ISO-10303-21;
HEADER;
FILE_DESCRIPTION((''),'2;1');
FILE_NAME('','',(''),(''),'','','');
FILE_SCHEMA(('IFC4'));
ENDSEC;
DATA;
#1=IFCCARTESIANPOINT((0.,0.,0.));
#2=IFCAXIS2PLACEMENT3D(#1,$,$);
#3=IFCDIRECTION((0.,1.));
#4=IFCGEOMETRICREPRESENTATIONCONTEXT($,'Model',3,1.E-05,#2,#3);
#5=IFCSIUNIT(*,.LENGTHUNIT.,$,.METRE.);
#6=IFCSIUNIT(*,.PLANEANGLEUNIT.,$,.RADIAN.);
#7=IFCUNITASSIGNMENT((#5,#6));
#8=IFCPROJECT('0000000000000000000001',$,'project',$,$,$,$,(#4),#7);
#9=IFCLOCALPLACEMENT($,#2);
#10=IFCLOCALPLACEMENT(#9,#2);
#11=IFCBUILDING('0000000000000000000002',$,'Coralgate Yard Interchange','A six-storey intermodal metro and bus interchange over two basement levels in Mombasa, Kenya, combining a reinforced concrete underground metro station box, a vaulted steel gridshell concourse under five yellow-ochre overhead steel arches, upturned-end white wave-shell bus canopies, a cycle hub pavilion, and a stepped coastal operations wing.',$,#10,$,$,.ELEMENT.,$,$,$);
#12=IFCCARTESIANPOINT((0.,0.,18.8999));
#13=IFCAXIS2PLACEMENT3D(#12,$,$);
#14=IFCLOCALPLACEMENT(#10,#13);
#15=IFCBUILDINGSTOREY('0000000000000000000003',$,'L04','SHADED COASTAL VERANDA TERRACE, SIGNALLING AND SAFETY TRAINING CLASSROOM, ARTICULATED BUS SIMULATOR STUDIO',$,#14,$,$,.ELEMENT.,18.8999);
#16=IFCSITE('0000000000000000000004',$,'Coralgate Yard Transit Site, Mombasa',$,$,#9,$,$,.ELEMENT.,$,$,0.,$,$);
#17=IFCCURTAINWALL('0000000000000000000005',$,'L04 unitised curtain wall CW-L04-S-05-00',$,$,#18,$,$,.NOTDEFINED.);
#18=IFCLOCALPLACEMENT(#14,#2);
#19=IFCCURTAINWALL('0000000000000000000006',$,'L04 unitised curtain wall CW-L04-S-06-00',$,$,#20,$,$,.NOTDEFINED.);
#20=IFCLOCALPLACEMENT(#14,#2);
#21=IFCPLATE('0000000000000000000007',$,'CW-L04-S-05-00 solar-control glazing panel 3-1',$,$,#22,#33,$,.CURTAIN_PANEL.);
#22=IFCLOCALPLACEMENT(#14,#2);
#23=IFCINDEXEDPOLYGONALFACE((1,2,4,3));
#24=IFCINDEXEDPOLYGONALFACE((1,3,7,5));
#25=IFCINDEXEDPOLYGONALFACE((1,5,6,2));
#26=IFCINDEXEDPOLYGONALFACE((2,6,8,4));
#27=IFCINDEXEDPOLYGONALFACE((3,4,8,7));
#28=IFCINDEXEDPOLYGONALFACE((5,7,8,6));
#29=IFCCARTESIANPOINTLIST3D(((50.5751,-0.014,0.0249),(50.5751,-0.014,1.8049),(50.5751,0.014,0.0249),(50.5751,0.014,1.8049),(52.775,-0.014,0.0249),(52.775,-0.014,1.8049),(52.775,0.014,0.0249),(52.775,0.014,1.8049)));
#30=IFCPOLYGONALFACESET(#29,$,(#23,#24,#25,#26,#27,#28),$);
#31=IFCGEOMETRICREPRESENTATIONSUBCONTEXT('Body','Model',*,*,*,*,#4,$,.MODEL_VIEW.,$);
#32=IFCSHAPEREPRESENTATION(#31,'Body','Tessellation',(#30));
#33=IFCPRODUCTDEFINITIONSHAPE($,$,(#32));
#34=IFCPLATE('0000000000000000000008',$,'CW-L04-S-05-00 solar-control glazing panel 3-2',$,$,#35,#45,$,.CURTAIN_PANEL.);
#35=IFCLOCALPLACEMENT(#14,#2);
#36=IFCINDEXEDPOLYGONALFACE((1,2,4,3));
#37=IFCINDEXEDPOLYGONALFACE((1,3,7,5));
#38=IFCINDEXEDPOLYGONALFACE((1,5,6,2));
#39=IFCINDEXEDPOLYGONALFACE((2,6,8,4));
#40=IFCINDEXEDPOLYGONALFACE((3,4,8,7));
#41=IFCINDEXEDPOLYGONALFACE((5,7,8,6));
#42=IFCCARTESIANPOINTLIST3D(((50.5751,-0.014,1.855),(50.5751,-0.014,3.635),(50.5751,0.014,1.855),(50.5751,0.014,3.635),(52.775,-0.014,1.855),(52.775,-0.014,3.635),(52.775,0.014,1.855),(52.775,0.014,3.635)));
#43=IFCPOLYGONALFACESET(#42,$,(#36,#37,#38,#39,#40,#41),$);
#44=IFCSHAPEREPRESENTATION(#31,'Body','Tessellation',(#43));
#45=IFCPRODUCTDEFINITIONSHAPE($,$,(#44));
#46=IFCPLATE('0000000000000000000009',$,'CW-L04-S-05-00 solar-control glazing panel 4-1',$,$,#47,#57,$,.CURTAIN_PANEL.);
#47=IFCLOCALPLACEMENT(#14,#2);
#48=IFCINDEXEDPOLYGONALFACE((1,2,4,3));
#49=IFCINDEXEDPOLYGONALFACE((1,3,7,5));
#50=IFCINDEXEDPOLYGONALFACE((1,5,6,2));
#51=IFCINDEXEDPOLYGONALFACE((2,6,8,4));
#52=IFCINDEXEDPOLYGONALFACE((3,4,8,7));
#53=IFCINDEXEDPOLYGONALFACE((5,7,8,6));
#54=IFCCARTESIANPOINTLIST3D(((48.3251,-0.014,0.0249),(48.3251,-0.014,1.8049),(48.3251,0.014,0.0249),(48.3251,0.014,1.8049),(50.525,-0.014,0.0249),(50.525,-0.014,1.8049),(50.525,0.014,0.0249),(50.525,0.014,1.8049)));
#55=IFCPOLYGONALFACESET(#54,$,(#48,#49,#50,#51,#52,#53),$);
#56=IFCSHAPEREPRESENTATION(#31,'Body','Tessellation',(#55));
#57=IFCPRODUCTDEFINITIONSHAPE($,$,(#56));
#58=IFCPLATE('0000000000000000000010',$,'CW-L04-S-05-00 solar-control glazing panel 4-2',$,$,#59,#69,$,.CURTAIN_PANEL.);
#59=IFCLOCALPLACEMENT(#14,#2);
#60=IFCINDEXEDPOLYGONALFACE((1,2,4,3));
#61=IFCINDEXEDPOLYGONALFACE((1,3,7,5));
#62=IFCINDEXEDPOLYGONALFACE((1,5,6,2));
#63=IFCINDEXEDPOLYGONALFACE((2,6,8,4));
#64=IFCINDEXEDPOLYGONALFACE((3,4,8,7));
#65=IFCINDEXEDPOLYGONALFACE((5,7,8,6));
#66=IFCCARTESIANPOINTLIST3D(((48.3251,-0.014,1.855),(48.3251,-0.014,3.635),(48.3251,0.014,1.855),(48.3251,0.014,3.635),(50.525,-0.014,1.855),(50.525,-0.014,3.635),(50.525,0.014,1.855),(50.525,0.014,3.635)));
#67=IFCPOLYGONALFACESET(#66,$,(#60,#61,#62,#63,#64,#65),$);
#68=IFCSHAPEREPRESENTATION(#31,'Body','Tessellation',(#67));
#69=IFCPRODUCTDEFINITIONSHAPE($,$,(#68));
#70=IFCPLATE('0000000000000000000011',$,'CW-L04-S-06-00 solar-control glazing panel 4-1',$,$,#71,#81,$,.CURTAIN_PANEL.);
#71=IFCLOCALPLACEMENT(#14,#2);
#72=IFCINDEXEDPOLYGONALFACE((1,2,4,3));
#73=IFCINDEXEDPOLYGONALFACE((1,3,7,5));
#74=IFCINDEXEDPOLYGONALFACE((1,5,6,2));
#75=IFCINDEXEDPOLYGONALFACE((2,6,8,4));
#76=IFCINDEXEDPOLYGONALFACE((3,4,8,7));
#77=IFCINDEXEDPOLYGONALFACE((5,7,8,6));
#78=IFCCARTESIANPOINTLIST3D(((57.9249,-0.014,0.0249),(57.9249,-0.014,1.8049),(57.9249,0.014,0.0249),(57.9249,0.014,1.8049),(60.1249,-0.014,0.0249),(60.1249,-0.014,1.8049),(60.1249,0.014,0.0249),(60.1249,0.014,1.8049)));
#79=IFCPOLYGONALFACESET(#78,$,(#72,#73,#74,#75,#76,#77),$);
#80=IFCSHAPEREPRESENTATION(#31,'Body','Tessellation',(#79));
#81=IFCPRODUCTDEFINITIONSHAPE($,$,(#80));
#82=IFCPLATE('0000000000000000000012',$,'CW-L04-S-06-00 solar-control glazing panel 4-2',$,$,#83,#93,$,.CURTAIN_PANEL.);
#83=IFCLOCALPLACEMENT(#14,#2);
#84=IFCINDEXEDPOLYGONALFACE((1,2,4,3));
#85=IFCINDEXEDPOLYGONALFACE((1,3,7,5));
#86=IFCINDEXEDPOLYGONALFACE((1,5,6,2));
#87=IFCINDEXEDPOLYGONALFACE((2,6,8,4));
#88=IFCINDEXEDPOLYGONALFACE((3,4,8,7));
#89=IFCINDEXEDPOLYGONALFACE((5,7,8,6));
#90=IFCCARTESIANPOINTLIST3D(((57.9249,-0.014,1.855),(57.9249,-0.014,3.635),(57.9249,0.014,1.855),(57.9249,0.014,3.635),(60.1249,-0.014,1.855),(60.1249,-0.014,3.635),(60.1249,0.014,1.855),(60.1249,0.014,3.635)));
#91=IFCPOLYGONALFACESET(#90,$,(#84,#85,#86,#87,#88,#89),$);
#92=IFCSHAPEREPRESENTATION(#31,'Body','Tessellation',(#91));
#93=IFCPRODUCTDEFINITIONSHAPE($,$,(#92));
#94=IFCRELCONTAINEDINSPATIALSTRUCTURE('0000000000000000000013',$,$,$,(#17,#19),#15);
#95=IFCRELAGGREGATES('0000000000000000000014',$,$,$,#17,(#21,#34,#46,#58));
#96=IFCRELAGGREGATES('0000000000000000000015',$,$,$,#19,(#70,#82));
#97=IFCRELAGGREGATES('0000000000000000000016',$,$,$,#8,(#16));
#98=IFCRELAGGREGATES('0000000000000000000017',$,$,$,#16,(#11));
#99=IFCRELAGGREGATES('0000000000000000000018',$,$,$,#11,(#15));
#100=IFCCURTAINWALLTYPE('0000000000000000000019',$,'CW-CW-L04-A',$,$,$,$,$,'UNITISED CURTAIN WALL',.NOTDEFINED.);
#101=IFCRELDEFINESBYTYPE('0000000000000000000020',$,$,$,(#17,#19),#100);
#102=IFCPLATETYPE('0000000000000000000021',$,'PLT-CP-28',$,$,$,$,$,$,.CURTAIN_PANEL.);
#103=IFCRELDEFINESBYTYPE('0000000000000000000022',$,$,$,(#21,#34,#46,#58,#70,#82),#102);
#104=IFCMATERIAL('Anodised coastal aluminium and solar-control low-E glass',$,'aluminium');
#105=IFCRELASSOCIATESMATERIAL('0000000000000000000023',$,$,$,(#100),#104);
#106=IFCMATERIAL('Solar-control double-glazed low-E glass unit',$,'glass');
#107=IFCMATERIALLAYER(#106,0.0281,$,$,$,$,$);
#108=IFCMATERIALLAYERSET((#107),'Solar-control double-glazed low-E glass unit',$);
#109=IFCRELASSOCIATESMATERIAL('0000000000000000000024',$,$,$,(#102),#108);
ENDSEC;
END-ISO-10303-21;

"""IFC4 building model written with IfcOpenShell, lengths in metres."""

from ifc_helpers import new_model, si_unit, direction, frame, origin, origin_2d, place, context, subcontext, project, spatial, rectangle, extrude, material, layer, layer_set, type_object, element, aggregate, save


model = new_model("IFC4")

# Units and contexts
model_context = context("Model", 3, precision=1e-05, world=origin(), true_north=direction((0.0, 1.0)))
body_context = subcontext(model_context, "Body", "Model", "MODEL_VIEW")
ifc_project = project(units=[si_unit("LENGTHUNIT", "METRE"), si_unit("PLANEANGLEUNIT", "RADIAN")], contexts=[model_context])

# Site, building, storey
site_placement = place(None, origin())
site = spatial("IfcSite", under=ifc_project, at=site_placement, Name="Coralgate Yard Transit Site, Mombasa", CompositionType="ELEMENT", RefElevation=0.0)
building_placement = place(site_placement, origin())
building = spatial("IfcBuilding", under=site, at=building_placement, Name="Coralgate Yard Interchange", Description="A six-storey intermodal metro and bus interchange over two basement levels in Mombasa, Kenya, combining a reinforced concrete underground metro station box, a vaulted steel gridshell concourse under five yellow-ochre overhead steel arches, upturned-end white wave-shell bus canopies, a cycle hub pavilion, and a stepped coastal operations wing.", CompositionType="ELEMENT")
storey_placement = place(building_placement, frame((0.0, 0.0, 18.8999)))
storey = spatial("IfcBuildingStorey", under=building, at=storey_placement, Name="L04", Description="SHADED COASTAL VERANDA TERRACE, SIGNALLING AND SAFETY TRAINING CLASSROOM, ARTICULATED BUS SIMULATOR STUDIO", CompositionType="ELEMENT", Elevation=18.8999)

# Curtain wall
ifc_material_1 = material(Name="Anodised coastal aluminium and solar-control low-E glass", Category="aluminium")
curtain_wall_type = type_object("IfcCurtainWallType", Name="CW-CW-L04-A", ElementType="UNITISED CURTAIN WALL", PredefinedType="NOTDEFINED", material=ifc_material_1)
curtain_wall_1_placement = place(storey_placement, origin())
curtain_wall_1 = element("IfcCurtainWall", 1, at=curtain_wall_1_placement, inside=storey, type_object=curtain_wall_type, Name="L04 unitised curtain wall CW-L04-S-05-00", PredefinedType="NOTDEFINED")

# Curtain wall
curtain_wall_2_placement = place(storey_placement, origin())
curtain_wall_2 = element("IfcCurtainWall", 2, at=curtain_wall_2_placement, inside=storey, type_object=curtain_wall_type, Name="L04 unitised curtain wall CW-L04-S-06-00", PredefinedType="NOTDEFINED")

# Plates
ifc_material_2 = material(Name="Solar-control double-glazed low-E glass unit", Category="glass")
ifc_layer = layer(ifc_material_2, 0.0281)
ifc_layer_set = layer_set([ifc_layer], Name="Solar-control double-glazed low-E glass unit")
plate_type = type_object("IfcPlateType", Name="PLT-CP-28", PredefinedType="CURTAIN_PANEL", material=ifc_layer_set)
plate_1_placement = place(storey_placement, frame((51.675, 0.0, 0.0249), z_axis=(0.0, 0.0, 1.0), x_axis=(-1.0, 0.0, 0.0)))
plate_1 = element("IfcPlate", 3, at=plate_1_placement, type_object=plate_type, Name="CW-L04-S-05-00 solar-control glazing panel 3-1", PredefinedType="CURTAIN_PANEL", context=body_context, shape_type="SweptSolid", body=[
    extrude(rectangle(XDim=2.2, YDim=0.0281, at=origin_2d()), origin(), (0.0, 0.0, 1.0), 1.78),
])
plate_2_placement = place(storey_placement, frame((51.675, 0.0, 1.855), z_axis=(0.0, 0.0, 1.0), x_axis=(-1.0, 0.0, 0.0)))
plate_2 = element("IfcPlate", 4, at=plate_2_placement, type_object=plate_type, Name="CW-L04-S-05-00 solar-control glazing panel 3-2", PredefinedType="CURTAIN_PANEL", context=body_context, shape_type="SweptSolid", body=[
    extrude(rectangle(XDim=2.2, YDim=0.0281, at=origin_2d()), origin(), (0.0, 0.0, 1.0), 1.78),
])
plate_3_placement = place(storey_placement, frame((49.425, 0.0, 0.0249), z_axis=(0.0, 0.0, 1.0), x_axis=(-1.0, 0.0, 0.0)))
plate_3 = element("IfcPlate", 5, at=plate_3_placement, type_object=plate_type, Name="CW-L04-S-05-00 solar-control glazing panel 4-1", PredefinedType="CURTAIN_PANEL", context=body_context, shape_type="SweptSolid", body=[
    extrude(rectangle(XDim=2.2, YDim=0.0281, at=origin_2d()), origin(), (0.0, 0.0, 1.0), 1.78),
])
plate_4_placement = place(storey_placement, frame((49.425, 0.0, 1.855), z_axis=(0.0, 0.0, 1.0), x_axis=(-1.0, 0.0, 0.0)))
plate_4 = element("IfcPlate", 6, at=plate_4_placement, type_object=plate_type, Name="CW-L04-S-05-00 solar-control glazing panel 4-2", PredefinedType="CURTAIN_PANEL", context=body_context, shape_type="SweptSolid", body=[
    extrude(rectangle(XDim=2.2, YDim=0.0281, at=origin_2d()), origin(), (0.0, 0.0, 1.0), 1.78),
])
aggregate(curtain_wall_1, [plate_1, plate_2, plate_3, plate_4])
plate_5_placement = place(storey_placement, frame((59.0249, 0.0, 0.0249), z_axis=(0.0, 0.0, 1.0), x_axis=(-1.0, 0.0, 0.0)))
plate_5 = element("IfcPlate", 7, at=plate_5_placement, type_object=plate_type, Name="CW-L04-S-06-00 solar-control glazing panel 4-1", PredefinedType="CURTAIN_PANEL", context=body_context, shape_type="SweptSolid", body=[
    extrude(rectangle(XDim=2.2, YDim=0.0281, at=origin_2d()), origin(), (0.0, 0.0, 1.0), 1.78),
])
plate_6_placement = place(storey_placement, frame((59.0249, 0.0, 1.855), z_axis=(0.0, 0.0, 1.0), x_axis=(-1.0, 0.0, 0.0)))
plate_6 = element("IfcPlate", 8, at=plate_6_placement, type_object=plate_type, Name="CW-L04-S-06-00 solar-control glazing panel 4-2", PredefinedType="CURTAIN_PANEL", context=body_context, shape_type="SweptSolid", body=[
    extrude(rectangle(XDim=2.2, YDim=0.0281, at=origin_2d()), origin(), (0.0, 0.0, 1.0), 1.78),
])
aggregate(curtain_wall_2, [plate_5, plate_6])

save(model, "model.ifc")
